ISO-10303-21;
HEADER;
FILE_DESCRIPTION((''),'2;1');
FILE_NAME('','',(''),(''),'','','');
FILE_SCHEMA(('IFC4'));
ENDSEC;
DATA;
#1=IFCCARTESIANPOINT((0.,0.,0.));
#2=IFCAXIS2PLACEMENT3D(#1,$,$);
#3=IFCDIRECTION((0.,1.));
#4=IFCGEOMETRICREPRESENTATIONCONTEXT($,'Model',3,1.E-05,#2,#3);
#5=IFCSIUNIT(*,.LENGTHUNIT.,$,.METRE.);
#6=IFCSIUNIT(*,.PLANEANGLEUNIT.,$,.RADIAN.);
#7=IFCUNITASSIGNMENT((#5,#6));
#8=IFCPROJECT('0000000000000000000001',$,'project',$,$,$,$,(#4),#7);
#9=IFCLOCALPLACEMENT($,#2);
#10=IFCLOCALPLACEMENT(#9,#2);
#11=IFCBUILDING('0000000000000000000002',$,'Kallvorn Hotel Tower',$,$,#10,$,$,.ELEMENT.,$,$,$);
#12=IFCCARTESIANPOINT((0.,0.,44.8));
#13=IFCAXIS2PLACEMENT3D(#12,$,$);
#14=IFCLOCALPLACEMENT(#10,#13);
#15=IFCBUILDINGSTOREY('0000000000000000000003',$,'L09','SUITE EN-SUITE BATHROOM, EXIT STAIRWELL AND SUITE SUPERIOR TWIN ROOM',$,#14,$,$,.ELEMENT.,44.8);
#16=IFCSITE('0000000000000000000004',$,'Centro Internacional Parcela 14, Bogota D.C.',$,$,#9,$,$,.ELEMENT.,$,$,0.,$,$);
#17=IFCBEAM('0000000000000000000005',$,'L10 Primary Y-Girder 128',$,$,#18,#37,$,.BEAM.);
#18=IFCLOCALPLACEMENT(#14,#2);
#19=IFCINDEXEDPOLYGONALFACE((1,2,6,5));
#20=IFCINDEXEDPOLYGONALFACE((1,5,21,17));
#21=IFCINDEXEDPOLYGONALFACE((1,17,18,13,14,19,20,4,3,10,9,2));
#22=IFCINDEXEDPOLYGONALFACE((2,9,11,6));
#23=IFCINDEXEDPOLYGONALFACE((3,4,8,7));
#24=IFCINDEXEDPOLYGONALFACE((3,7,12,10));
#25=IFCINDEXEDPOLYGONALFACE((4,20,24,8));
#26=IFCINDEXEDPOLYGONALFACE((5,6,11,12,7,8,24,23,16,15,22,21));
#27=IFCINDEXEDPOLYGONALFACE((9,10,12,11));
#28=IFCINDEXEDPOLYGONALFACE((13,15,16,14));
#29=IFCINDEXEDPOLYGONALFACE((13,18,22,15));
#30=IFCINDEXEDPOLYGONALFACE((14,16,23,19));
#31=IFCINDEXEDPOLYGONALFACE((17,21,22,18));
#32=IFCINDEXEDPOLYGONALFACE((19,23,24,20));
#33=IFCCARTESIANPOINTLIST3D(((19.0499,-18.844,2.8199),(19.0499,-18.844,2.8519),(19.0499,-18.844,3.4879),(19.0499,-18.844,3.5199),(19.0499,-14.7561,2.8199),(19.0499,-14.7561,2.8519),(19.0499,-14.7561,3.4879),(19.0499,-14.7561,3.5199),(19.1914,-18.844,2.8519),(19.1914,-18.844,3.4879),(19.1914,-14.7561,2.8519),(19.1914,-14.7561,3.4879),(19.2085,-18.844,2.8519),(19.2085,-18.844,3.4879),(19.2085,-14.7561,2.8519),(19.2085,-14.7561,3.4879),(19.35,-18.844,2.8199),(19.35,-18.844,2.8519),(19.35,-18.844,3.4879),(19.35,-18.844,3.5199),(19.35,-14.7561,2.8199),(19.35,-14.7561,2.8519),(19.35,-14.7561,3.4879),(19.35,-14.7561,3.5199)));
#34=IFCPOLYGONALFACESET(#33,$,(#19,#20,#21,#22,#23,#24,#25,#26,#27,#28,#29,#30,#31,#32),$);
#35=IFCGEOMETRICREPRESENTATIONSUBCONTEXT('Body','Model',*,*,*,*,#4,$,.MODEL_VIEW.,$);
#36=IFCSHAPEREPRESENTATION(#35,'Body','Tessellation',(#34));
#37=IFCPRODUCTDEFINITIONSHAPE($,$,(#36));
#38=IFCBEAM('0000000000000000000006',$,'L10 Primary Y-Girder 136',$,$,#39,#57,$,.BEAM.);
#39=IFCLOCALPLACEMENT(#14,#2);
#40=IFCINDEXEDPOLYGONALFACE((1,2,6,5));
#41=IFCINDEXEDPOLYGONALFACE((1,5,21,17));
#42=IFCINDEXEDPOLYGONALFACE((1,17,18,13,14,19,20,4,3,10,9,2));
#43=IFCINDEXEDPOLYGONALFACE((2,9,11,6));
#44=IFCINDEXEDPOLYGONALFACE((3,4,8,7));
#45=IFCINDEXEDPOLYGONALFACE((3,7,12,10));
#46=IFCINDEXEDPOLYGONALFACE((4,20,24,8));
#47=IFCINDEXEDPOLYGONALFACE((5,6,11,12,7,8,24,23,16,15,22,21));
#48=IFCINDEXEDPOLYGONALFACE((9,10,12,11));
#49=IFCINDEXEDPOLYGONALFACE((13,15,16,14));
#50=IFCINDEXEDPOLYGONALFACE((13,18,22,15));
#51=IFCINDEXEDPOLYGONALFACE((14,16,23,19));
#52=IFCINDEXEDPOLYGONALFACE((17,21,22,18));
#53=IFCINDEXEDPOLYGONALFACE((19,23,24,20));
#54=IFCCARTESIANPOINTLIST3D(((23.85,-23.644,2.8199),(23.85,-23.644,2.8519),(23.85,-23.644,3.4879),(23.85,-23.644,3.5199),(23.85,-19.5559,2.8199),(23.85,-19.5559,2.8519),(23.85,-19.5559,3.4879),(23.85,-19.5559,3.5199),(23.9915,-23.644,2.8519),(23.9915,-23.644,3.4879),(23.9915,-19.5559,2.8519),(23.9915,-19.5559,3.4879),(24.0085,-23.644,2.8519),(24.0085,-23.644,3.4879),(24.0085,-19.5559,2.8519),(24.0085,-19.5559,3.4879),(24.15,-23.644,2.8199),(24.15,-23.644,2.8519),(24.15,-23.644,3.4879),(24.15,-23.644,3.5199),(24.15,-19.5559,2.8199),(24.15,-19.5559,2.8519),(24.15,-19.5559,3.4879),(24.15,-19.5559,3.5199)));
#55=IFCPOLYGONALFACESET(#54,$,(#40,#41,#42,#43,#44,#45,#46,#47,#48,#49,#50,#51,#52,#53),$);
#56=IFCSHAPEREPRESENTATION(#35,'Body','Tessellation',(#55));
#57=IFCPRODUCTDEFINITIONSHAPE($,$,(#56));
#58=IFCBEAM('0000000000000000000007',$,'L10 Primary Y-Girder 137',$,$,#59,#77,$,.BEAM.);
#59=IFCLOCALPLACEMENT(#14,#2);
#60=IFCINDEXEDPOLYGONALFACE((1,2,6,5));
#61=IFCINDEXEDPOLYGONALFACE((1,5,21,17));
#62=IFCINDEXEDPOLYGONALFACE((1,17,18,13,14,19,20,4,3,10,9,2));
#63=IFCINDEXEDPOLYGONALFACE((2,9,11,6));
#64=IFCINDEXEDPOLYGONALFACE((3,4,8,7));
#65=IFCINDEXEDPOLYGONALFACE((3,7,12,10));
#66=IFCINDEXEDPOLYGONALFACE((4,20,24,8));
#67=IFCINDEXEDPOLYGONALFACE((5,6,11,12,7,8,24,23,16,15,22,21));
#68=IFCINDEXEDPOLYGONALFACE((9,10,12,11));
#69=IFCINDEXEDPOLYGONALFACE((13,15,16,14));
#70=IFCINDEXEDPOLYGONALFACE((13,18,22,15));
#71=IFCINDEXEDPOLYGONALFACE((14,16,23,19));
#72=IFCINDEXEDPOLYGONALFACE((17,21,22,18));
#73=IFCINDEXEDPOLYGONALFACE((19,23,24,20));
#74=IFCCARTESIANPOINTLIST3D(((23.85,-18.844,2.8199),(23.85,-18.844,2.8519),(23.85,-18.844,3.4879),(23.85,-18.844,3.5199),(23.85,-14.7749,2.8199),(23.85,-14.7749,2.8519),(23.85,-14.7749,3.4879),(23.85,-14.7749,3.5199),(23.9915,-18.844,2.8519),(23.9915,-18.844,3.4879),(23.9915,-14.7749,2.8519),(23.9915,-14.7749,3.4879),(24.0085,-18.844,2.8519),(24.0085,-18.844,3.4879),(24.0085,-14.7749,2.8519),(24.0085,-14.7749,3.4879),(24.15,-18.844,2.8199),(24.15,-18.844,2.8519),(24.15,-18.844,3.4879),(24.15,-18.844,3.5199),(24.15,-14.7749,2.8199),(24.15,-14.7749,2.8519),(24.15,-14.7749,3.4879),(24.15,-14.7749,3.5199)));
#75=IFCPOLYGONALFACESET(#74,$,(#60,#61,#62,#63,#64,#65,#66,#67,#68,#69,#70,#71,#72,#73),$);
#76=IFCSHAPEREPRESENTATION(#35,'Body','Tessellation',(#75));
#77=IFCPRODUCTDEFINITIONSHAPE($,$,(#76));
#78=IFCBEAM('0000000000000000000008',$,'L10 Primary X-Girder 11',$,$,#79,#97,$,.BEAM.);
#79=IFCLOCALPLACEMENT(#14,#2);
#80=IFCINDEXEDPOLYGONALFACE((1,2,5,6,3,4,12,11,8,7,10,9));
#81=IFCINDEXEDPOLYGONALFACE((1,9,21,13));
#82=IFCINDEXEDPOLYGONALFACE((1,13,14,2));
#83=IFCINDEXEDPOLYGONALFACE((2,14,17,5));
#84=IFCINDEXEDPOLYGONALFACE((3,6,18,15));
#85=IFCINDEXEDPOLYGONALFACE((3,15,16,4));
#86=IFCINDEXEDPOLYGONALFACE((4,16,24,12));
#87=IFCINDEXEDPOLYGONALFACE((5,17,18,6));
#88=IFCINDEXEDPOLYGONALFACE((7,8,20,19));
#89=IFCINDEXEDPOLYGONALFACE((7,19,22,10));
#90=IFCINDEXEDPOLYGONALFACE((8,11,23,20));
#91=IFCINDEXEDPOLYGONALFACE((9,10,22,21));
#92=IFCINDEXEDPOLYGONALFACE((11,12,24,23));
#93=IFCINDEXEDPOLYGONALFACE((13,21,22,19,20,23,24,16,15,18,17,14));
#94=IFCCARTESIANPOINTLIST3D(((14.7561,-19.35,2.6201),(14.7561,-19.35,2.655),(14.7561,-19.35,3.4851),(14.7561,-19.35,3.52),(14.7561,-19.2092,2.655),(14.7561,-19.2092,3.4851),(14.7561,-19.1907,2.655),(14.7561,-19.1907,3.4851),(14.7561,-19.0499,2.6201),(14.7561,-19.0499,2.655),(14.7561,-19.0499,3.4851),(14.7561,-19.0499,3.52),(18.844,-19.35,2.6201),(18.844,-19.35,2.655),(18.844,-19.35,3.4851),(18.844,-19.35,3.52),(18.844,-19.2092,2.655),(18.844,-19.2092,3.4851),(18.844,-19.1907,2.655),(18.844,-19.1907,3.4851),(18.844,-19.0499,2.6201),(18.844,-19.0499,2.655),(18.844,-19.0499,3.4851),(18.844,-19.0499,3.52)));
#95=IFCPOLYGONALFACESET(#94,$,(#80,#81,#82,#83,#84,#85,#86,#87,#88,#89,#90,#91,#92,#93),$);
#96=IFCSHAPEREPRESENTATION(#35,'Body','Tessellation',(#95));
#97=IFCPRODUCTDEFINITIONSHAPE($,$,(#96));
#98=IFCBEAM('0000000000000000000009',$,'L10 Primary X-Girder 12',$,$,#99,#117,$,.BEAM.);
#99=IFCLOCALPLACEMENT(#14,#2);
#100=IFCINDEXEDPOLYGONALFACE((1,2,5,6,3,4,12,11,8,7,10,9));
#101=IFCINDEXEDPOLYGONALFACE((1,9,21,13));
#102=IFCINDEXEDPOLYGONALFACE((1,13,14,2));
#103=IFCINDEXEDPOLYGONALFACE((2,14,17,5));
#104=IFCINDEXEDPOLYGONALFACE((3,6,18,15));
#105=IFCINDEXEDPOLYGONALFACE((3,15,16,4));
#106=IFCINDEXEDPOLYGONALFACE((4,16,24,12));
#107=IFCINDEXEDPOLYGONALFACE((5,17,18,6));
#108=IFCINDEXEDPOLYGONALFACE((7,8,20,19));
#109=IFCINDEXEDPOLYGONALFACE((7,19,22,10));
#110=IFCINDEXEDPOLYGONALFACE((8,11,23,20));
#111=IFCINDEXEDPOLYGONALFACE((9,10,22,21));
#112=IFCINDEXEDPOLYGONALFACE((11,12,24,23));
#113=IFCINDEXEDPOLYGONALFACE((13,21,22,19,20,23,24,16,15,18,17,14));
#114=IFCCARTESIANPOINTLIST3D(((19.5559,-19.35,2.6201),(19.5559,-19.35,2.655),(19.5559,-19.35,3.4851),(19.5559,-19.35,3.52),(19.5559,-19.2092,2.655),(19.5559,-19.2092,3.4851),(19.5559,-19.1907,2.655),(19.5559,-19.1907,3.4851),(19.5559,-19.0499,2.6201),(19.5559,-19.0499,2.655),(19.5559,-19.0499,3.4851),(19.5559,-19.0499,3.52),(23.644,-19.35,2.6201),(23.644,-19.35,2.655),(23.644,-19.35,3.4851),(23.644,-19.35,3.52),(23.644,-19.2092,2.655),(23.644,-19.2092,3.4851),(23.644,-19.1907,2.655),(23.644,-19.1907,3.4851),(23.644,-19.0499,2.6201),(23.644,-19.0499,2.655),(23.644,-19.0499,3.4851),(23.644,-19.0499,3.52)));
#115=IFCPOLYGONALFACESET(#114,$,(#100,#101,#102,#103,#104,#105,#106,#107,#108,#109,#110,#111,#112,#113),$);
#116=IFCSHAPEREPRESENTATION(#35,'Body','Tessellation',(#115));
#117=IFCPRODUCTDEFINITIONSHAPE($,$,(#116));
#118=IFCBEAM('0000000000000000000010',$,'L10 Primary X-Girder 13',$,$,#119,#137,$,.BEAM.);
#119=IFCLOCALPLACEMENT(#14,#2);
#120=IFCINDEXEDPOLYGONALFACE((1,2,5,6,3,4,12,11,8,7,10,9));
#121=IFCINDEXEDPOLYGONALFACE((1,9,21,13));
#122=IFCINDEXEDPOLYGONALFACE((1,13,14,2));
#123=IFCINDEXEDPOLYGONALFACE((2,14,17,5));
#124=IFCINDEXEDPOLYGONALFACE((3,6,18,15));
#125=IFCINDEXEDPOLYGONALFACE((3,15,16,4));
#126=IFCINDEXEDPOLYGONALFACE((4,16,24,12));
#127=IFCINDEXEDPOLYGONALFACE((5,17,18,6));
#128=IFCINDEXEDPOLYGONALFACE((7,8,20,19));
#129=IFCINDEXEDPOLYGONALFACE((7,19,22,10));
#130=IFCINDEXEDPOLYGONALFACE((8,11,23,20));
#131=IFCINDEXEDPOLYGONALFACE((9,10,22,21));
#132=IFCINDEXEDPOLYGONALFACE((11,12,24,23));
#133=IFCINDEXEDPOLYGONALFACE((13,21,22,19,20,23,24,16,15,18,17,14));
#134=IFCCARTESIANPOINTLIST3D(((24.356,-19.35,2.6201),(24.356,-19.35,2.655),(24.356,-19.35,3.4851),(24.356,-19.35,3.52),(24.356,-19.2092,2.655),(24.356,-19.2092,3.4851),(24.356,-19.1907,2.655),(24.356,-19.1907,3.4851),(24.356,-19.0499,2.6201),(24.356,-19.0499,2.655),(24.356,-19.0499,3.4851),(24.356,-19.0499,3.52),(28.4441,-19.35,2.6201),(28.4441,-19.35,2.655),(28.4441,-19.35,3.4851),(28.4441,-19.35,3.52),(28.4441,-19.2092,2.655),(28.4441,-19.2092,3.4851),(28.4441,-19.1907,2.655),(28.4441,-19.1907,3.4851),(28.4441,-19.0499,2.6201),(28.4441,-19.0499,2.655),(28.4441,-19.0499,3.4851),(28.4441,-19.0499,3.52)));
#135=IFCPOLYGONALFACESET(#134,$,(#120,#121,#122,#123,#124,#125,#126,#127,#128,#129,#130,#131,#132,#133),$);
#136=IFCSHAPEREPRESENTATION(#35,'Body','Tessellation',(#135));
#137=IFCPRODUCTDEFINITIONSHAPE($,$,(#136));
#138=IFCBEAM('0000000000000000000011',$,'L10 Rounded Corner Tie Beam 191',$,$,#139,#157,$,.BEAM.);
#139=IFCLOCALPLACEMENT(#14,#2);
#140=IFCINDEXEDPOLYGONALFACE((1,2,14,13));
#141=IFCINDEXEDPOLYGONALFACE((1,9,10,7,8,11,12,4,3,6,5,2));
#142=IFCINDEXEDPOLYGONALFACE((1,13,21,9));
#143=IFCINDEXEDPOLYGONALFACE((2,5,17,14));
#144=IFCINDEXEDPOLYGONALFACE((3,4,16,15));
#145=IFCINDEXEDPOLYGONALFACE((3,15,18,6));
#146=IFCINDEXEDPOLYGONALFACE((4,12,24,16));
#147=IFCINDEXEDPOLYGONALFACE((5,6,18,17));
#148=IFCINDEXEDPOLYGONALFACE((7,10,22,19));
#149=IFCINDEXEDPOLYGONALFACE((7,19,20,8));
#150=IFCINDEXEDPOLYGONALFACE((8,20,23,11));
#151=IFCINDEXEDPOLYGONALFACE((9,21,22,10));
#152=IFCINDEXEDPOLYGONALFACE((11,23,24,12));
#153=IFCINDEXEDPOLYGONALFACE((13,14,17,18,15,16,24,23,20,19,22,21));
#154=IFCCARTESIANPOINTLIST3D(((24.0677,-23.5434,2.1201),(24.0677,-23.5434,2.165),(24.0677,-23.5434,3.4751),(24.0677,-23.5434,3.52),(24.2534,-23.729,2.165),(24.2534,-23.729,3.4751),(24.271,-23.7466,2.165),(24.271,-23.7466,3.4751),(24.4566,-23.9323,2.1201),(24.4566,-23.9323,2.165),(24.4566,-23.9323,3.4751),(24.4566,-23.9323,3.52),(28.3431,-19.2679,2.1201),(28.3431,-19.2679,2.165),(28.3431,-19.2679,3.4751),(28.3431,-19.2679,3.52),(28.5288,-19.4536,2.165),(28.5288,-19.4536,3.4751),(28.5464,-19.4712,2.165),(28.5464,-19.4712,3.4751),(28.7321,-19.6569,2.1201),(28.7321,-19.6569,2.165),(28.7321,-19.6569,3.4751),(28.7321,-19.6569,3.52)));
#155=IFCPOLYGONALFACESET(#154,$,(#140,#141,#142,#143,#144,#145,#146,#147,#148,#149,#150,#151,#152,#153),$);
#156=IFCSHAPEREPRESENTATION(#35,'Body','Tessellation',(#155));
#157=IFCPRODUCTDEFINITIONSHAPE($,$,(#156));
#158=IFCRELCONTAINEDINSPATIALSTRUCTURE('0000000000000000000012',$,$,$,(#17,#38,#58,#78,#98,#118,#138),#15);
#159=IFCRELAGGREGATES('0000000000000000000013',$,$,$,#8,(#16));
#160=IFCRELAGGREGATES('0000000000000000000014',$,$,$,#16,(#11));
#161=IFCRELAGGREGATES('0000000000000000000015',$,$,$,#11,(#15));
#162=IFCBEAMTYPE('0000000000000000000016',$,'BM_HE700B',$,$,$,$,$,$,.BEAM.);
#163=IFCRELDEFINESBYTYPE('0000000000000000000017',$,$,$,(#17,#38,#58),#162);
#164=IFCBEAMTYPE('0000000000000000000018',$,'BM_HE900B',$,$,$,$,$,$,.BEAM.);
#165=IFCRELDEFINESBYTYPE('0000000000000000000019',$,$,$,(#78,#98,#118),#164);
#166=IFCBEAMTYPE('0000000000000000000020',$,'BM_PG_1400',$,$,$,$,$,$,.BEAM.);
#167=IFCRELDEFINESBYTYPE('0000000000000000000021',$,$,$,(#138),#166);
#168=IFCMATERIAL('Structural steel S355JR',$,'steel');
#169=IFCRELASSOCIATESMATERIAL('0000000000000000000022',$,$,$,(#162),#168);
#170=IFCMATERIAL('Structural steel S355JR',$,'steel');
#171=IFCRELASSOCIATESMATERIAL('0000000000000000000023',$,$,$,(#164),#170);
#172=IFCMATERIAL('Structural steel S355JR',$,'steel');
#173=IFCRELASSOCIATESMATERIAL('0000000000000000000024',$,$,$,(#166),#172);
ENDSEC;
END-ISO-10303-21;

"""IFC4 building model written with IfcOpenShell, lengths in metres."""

from ifc_helpers import new_model, si_unit, direction, frame, origin, origin_2d, place, context, subcontext, project, spatial, i_section, extrude, material, material_profile, profile_set, type_object, element, save


model = new_model("IFC4")

# Units and contexts
model_context = context("Model", 3, precision=1e-05, world=origin(), true_north=direction((0.0, 1.0)))
body_context = subcontext(model_context, "Body", "Model", "MODEL_VIEW")
ifc_project = project(units=[si_unit("LENGTHUNIT", "METRE"), si_unit("PLANEANGLEUNIT", "RADIAN")], contexts=[model_context])

# Site, building, storey
site_placement = place(None, origin())
site = spatial("IfcSite", under=ifc_project, at=site_placement, Name="Centro Internacional Parcela 14, Bogota D.C.", CompositionType="ELEMENT", RefElevation=0.0)
building_placement = place(site_placement, origin())
building = spatial("IfcBuilding", under=site, at=building_placement, Name="Kallvorn Hotel Tower", CompositionType="ELEMENT")
storey_placement = place(building_placement, frame((0.0, 0.0, 44.8)))
storey = spatial("IfcBuildingStorey", under=building, at=storey_placement, Name="L09", Description="SUITE EN-SUITE BATHROOM, EXIT STAIRWELL AND SUITE SUPERIOR TWIN ROOM", CompositionType="ELEMENT", Elevation=44.8)

# Beams
ifc_material_1 = material(Name="Structural steel S355JR", Category="steel")
ifc_material_profile_1 = material_profile(ifc_material_1, i_section(OverallWidth=0.3, OverallDepth=0.7, WebThickness=0.0171, FlangeThickness=0.032, at=origin_2d()), Name="HE 700 B")
ifc_profile_set_1 = profile_set([ifc_material_profile_1], Name="Structural steel S355JR")
beam_type_1 = type_object("IfcBeamType", Name="BM_HE700B", PredefinedType="BEAM", material=ifc_profile_set_1)
beam_1_placement = place(storey_placement, frame((19.2, -18.844, 3.1699), z_axis=(0.0, 1.0, 0.0), x_axis=(-1.0, 0.0, 0.0)))
element("IfcBeam", 1, at=beam_1_placement, inside=storey, type_object=beam_type_1, Name="L10 Primary Y-Girder 128", PredefinedType="BEAM", context=body_context, shape_type="SweptSolid", body=[
    extrude(i_section(OverallWidth=0.3, OverallDepth=0.7, WebThickness=0.0171, FlangeThickness=0.032, at=origin_2d()), origin(), (0.0, 0.0, 1.0), 4.0879),
])
beam_2_placement = place(storey_placement, frame((24.0, -23.644, 3.1699), z_axis=(0.0, 1.0, 0.0), x_axis=(-1.0, 0.0, 0.0)))
element("IfcBeam", 2, at=beam_2_placement, inside=storey, type_object=beam_type_1, Name="L10 Primary Y-Girder 136", PredefinedType="BEAM", context=body_context, shape_type="SweptSolid", body=[
    extrude(i_section(OverallWidth=0.3, OverallDepth=0.7, WebThickness=0.0171, FlangeThickness=0.032, at=origin_2d()), origin(), (0.0, 0.0, 1.0), 4.0881),
])
beam_3_placement = place(storey_placement, frame((24.0, -18.844, 3.1699), z_axis=(0.0, 1.0, 0.0), x_axis=(-1.0, 0.0, 0.0)))
element("IfcBeam", 3, at=beam_3_placement, inside=storey, type_object=beam_type_1, Name="L10 Primary Y-Girder 137", PredefinedType="BEAM", context=body_context, shape_type="SweptSolid", body=[
    extrude(i_section(OverallWidth=0.3, OverallDepth=0.7, WebThickness=0.0171, FlangeThickness=0.032, at=origin_2d()), origin(), (0.0, 0.0, 1.0), 4.0691),
])
ifc_material_2 = material(Name="Structural steel S355JR", Category="steel")
ifc_material_profile_2 = material_profile(ifc_material_2, i_section(OverallWidth=0.3, OverallDepth=0.8999, WebThickness=0.0186, FlangeThickness=0.0349, at=origin_2d()), Name="HE 900 B")
ifc_profile_set_2 = profile_set([ifc_material_profile_2], Name="Structural steel S355JR")
beam_type_2 = type_object("IfcBeamType", Name="BM_HE900B", PredefinedType="BEAM", material=ifc_profile_set_2)
beam_4_placement = place(storey_placement, frame((14.7561, -19.2, 3.0701), z_axis=(1.0, 0.0, 0.0), x_axis=(0.0, 1.0, 0.0)))
element("IfcBeam", 4, at=beam_4_placement, inside=storey, type_object=beam_type_2, Name="L10 Primary X-Girder 11", PredefinedType="BEAM", context=body_context, shape_type="SweptSolid", body=[
    extrude(i_section(OverallWidth=0.3, OverallDepth=0.8999, WebThickness=0.0186, FlangeThickness=0.0349, at=origin_2d()), origin(), (0.0, 0.0, 1.0), 4.0879),
])
for number, where, z_axis, x_axis, name in (
    (5, (19.5559, -19.2, 3.0701), (1.0, 0.0, 0.0), (0.0, 1.0, 0.0), "L10 Primary X-Girder 12"),
    (6, (24.356, -19.2, 3.0701), (1.0, 0.0, 0.0), (0.0, 1.0, 0.0), "L10 Primary X-Girder 13"),
):
    element("IfcBeam", number, at=place(storey_placement, frame(where, z_axis=z_axis, x_axis=x_axis)), inside=storey, type_object=beam_type_2, Name=name, PredefinedType="BEAM", context=body_context, shape_type="SweptSolid", body=[
        extrude(i_section(OverallWidth=0.3, OverallDepth=0.8999, WebThickness=0.0186, FlangeThickness=0.0349, at=origin_2d()), origin(), (0.0, 0.0, 1.0), 4.0881),
    ])
ifc_material_3 = material(Name="Structural steel S355JR", Category="steel")
ifc_material_profile_3 = material_profile(ifc_material_3, i_section(OverallWidth=0.55, OverallDepth=1.3999, WebThickness=0.0249, FlangeThickness=0.0449, at=origin_2d()), Name="PG 1400x550x25x45")
ifc_profile_set_3 = profile_set([ifc_material_profile_3], Name="Structural steel S355JR")
beam_type_3 = type_object("IfcBeamType", Name="BM_PG_1400", PredefinedType="BEAM", material=ifc_profile_set_3)
beam_5_placement = place(storey_placement, frame((28.5376, -19.4624, 2.8201), z_axis=(-0.707107, -0.707107, 0.0), x_axis=(0.707107, -0.707107, 0.0)))
element("IfcBeam", 7, at=beam_5_placement, inside=storey, type_object=beam_type_3, Name="L10 Rounded Corner Tie Beam 191", PredefinedType="BEAM", context=body_context, shape_type="SweptSolid", body=[
    extrude(i_section(OverallWidth=0.55, OverallDepth=1.3999, WebThickness=0.0249, FlangeThickness=0.0449, at=origin_2d()), origin(), (0.0, 0.0, 1.0), 6.0464),
])

save(model, "model.ifc")
